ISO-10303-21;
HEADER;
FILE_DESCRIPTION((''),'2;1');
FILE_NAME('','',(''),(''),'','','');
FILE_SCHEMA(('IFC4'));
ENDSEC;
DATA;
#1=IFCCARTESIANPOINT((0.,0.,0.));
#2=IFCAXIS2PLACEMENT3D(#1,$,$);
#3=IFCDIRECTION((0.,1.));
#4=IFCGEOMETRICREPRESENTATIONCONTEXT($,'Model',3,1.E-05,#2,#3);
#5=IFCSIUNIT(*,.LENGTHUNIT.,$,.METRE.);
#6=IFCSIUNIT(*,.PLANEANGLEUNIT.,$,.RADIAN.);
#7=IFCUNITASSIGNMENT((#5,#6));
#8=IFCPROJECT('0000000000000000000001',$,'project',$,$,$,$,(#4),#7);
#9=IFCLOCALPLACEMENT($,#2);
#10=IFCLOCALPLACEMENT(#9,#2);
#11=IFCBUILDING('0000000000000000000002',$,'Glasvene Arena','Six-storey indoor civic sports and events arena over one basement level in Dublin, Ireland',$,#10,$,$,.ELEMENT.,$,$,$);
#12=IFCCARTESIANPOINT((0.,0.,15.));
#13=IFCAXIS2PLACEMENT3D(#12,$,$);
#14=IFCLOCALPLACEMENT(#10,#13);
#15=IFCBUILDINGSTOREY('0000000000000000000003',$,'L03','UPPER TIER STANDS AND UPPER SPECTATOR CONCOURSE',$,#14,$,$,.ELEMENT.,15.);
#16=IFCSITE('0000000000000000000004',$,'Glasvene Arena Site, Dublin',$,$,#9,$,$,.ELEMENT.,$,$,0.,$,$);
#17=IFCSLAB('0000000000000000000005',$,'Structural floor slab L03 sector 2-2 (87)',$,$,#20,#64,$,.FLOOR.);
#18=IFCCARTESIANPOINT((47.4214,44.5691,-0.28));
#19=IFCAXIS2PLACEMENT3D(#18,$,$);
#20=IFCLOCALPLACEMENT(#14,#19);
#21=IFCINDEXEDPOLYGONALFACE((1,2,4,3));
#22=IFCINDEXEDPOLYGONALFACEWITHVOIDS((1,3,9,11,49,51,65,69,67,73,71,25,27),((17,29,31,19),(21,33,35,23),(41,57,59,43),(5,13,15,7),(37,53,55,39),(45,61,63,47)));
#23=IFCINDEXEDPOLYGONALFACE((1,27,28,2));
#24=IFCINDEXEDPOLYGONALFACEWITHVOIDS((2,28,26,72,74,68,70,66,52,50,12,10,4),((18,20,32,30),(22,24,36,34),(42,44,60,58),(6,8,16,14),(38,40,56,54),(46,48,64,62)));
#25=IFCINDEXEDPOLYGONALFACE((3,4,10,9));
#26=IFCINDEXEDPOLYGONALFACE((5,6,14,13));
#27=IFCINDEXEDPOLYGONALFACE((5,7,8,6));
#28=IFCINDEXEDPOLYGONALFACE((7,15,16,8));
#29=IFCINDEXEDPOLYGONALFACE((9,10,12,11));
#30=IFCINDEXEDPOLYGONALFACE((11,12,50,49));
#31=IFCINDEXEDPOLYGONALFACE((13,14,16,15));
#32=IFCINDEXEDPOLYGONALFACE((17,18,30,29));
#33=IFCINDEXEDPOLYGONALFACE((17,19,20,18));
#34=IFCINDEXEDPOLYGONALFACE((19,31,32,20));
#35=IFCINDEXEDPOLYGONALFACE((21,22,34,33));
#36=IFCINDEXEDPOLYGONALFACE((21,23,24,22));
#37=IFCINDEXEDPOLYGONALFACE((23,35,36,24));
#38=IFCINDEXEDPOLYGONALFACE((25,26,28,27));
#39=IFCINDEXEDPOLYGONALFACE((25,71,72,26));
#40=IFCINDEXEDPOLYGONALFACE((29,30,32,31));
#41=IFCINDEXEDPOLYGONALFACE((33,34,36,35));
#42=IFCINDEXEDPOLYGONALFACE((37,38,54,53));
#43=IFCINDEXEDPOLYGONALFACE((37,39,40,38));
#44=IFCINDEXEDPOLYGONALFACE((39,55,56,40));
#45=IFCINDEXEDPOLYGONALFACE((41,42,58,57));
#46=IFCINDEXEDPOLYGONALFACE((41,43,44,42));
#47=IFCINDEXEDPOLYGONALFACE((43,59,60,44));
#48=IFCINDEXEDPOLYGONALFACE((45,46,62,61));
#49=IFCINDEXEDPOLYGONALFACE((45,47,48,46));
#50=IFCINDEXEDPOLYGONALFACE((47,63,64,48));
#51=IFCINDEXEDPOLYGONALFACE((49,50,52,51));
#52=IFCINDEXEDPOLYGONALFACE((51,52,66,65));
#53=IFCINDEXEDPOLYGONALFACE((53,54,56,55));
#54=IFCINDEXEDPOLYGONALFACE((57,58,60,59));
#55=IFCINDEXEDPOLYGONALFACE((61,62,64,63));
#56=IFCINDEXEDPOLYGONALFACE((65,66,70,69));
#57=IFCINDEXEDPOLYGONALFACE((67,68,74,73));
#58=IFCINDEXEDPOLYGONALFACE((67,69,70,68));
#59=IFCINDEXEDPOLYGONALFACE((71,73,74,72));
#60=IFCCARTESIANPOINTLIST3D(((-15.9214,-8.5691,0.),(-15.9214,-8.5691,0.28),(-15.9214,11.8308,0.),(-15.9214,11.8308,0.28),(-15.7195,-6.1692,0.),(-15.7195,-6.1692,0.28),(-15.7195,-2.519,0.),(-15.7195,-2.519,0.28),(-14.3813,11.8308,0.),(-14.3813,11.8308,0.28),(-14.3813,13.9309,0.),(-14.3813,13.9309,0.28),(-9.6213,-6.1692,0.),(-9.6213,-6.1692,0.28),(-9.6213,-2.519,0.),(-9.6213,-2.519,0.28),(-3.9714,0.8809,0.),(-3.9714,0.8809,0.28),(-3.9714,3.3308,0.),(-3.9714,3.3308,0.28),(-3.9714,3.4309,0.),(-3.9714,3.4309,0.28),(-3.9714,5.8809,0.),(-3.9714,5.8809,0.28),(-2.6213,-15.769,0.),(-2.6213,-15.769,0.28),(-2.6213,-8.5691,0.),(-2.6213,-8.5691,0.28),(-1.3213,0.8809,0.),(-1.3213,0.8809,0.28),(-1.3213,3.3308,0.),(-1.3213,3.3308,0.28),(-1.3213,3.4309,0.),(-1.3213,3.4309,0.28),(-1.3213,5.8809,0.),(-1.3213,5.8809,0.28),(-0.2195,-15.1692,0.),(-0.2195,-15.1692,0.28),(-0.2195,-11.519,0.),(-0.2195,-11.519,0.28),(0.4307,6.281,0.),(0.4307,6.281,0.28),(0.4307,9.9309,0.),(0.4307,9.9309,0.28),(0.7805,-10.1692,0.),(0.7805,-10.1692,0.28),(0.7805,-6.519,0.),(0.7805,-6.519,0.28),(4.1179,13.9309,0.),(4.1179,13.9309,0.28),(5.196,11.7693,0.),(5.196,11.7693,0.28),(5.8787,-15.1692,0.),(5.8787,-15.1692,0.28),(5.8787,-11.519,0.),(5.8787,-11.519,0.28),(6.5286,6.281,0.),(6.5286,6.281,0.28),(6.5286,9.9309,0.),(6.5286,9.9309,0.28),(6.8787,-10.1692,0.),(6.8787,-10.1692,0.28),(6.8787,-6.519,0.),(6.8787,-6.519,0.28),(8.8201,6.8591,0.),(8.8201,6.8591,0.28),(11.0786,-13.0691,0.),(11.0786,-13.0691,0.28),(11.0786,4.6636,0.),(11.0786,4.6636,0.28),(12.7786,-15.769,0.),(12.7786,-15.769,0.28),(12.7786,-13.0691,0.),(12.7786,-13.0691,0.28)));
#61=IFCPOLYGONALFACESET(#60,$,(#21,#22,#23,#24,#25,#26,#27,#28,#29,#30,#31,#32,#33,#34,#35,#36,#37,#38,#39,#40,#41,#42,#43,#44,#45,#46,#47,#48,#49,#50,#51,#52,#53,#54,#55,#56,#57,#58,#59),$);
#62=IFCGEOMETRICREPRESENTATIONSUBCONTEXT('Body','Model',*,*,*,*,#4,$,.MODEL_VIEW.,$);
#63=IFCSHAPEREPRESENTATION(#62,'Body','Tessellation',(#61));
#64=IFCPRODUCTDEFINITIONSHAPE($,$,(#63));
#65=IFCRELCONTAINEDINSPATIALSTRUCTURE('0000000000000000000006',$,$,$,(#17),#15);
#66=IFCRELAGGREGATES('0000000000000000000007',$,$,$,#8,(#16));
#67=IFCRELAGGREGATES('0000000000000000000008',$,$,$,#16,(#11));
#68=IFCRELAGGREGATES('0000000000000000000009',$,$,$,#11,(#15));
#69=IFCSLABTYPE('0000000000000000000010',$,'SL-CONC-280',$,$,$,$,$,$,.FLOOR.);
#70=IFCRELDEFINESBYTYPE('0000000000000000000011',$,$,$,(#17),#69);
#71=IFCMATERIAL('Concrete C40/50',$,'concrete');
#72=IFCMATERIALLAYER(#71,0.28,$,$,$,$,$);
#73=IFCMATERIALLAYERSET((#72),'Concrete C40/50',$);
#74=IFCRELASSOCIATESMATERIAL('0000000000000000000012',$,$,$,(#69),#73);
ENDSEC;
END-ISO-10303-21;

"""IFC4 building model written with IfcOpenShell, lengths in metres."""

from ifc_helpers import new_model, si_unit, direction, frame, origin, place, context, subcontext, project, spatial, polyline, outline, extrude, material, layer, layer_set, type_object, element, save


model = new_model("IFC4")

# Units and contexts
model_context = context("Model", 3, precision=1e-05, world=origin(), true_north=direction((0.0, 1.0)))
body_context = subcontext(model_context, "Body", "Model", "MODEL_VIEW")
ifc_project = project(units=[si_unit("LENGTHUNIT", "METRE"), si_unit("PLANEANGLEUNIT", "RADIAN")], contexts=[model_context])

# Site, building, storey
site_placement = place(None, origin())
site = spatial("IfcSite", under=ifc_project, at=site_placement, Name="Glasvene Arena Site, Dublin", CompositionType="ELEMENT", RefElevation=0.0)
building_placement = place(site_placement, origin())
building = spatial("IfcBuilding", under=site, at=building_placement, Name="Glasvene Arena", Description="Six-storey indoor civic sports and events arena over one basement level in Dublin, Ireland", CompositionType="ELEMENT")
storey_placement = place(building_placement, frame((0.0, 0.0, 15.0)))
storey = spatial("IfcBuildingStorey", under=building, at=storey_placement, Name="L03", Description="UPPER TIER STANDS AND UPPER SPECTATOR CONCOURSE", CompositionType="ELEMENT", Elevation=15.0)

# Slab
ifc_material_1 = material(Name="Concrete C40/50", Category="concrete")
ifc_layer_1 = layer(ifc_material_1, 0.28)
ifc_layer_set_1 = layer_set([ifc_layer_1], Name="Concrete C40/50")
slab_type = type_object("IfcSlabType", Name="SL-CONC-280", PredefinedType="FLOOR", material=ifc_layer_set_1)
slab_placement = place(storey_placement, frame((47.4214, 44.5691, -0.28)))
element("IfcSlab", 1, at=slab_placement, inside=storey, type_object=slab_type, Name="Structural floor slab L03 sector 2-2 (87)", PredefinedType="FLOOR", context=body_context, shape_type="SweptSolid", body=[
    extrude(outline(polyline([(-2.6213, -15.769), (-2.6213, -8.5691), (-15.9214, -8.5691), (-15.9214, 11.8308), (-14.3813, 11.8308), (-14.3813, 13.9309), (4.1179, 13.9309), (5.196, 11.7693), (8.8201, 6.8591), (11.0786, 4.6636), (11.0786, -13.0691), (12.7786, -13.0691), (12.7786, -15.769), (-2.6213, -15.769)]), holes=[polyline([(5.8787, -11.519), (-0.2195, -11.519), (-0.2195, -15.1692), (5.8787, -15.1692), (5.8787, -11.519)]), polyline([(-9.6213, -6.1692), (-9.6213, -2.519), (-15.7195, -2.519), (-15.7195, -6.1692), (-9.6213, -6.1692)]), polyline([(-1.3213, 0.8809), (-1.3213, 3.3308), (-3.9714, 3.3308), (-3.9714, 0.8809), (-1.3213, 0.8809)]), polyline([(-1.3213, 3.4309), (-1.3213, 5.8809), (-3.9714, 5.8809), (-3.9714, 3.4309), (-1.3213, 3.4309)]), polyline([(6.8787, -10.1692), (6.8787, -6.519), (0.7805, -6.519), (0.7805, -10.1692), (6.8787, -10.1692)]), polyline([(6.5286, 6.281), (6.5286, 9.9309), (0.4307, 9.9309), (0.4307, 6.281), (6.5286, 6.281)])]), origin(), (0.0, 0.0, 1.0), 0.28),
])

save(model, "model.ifc")
